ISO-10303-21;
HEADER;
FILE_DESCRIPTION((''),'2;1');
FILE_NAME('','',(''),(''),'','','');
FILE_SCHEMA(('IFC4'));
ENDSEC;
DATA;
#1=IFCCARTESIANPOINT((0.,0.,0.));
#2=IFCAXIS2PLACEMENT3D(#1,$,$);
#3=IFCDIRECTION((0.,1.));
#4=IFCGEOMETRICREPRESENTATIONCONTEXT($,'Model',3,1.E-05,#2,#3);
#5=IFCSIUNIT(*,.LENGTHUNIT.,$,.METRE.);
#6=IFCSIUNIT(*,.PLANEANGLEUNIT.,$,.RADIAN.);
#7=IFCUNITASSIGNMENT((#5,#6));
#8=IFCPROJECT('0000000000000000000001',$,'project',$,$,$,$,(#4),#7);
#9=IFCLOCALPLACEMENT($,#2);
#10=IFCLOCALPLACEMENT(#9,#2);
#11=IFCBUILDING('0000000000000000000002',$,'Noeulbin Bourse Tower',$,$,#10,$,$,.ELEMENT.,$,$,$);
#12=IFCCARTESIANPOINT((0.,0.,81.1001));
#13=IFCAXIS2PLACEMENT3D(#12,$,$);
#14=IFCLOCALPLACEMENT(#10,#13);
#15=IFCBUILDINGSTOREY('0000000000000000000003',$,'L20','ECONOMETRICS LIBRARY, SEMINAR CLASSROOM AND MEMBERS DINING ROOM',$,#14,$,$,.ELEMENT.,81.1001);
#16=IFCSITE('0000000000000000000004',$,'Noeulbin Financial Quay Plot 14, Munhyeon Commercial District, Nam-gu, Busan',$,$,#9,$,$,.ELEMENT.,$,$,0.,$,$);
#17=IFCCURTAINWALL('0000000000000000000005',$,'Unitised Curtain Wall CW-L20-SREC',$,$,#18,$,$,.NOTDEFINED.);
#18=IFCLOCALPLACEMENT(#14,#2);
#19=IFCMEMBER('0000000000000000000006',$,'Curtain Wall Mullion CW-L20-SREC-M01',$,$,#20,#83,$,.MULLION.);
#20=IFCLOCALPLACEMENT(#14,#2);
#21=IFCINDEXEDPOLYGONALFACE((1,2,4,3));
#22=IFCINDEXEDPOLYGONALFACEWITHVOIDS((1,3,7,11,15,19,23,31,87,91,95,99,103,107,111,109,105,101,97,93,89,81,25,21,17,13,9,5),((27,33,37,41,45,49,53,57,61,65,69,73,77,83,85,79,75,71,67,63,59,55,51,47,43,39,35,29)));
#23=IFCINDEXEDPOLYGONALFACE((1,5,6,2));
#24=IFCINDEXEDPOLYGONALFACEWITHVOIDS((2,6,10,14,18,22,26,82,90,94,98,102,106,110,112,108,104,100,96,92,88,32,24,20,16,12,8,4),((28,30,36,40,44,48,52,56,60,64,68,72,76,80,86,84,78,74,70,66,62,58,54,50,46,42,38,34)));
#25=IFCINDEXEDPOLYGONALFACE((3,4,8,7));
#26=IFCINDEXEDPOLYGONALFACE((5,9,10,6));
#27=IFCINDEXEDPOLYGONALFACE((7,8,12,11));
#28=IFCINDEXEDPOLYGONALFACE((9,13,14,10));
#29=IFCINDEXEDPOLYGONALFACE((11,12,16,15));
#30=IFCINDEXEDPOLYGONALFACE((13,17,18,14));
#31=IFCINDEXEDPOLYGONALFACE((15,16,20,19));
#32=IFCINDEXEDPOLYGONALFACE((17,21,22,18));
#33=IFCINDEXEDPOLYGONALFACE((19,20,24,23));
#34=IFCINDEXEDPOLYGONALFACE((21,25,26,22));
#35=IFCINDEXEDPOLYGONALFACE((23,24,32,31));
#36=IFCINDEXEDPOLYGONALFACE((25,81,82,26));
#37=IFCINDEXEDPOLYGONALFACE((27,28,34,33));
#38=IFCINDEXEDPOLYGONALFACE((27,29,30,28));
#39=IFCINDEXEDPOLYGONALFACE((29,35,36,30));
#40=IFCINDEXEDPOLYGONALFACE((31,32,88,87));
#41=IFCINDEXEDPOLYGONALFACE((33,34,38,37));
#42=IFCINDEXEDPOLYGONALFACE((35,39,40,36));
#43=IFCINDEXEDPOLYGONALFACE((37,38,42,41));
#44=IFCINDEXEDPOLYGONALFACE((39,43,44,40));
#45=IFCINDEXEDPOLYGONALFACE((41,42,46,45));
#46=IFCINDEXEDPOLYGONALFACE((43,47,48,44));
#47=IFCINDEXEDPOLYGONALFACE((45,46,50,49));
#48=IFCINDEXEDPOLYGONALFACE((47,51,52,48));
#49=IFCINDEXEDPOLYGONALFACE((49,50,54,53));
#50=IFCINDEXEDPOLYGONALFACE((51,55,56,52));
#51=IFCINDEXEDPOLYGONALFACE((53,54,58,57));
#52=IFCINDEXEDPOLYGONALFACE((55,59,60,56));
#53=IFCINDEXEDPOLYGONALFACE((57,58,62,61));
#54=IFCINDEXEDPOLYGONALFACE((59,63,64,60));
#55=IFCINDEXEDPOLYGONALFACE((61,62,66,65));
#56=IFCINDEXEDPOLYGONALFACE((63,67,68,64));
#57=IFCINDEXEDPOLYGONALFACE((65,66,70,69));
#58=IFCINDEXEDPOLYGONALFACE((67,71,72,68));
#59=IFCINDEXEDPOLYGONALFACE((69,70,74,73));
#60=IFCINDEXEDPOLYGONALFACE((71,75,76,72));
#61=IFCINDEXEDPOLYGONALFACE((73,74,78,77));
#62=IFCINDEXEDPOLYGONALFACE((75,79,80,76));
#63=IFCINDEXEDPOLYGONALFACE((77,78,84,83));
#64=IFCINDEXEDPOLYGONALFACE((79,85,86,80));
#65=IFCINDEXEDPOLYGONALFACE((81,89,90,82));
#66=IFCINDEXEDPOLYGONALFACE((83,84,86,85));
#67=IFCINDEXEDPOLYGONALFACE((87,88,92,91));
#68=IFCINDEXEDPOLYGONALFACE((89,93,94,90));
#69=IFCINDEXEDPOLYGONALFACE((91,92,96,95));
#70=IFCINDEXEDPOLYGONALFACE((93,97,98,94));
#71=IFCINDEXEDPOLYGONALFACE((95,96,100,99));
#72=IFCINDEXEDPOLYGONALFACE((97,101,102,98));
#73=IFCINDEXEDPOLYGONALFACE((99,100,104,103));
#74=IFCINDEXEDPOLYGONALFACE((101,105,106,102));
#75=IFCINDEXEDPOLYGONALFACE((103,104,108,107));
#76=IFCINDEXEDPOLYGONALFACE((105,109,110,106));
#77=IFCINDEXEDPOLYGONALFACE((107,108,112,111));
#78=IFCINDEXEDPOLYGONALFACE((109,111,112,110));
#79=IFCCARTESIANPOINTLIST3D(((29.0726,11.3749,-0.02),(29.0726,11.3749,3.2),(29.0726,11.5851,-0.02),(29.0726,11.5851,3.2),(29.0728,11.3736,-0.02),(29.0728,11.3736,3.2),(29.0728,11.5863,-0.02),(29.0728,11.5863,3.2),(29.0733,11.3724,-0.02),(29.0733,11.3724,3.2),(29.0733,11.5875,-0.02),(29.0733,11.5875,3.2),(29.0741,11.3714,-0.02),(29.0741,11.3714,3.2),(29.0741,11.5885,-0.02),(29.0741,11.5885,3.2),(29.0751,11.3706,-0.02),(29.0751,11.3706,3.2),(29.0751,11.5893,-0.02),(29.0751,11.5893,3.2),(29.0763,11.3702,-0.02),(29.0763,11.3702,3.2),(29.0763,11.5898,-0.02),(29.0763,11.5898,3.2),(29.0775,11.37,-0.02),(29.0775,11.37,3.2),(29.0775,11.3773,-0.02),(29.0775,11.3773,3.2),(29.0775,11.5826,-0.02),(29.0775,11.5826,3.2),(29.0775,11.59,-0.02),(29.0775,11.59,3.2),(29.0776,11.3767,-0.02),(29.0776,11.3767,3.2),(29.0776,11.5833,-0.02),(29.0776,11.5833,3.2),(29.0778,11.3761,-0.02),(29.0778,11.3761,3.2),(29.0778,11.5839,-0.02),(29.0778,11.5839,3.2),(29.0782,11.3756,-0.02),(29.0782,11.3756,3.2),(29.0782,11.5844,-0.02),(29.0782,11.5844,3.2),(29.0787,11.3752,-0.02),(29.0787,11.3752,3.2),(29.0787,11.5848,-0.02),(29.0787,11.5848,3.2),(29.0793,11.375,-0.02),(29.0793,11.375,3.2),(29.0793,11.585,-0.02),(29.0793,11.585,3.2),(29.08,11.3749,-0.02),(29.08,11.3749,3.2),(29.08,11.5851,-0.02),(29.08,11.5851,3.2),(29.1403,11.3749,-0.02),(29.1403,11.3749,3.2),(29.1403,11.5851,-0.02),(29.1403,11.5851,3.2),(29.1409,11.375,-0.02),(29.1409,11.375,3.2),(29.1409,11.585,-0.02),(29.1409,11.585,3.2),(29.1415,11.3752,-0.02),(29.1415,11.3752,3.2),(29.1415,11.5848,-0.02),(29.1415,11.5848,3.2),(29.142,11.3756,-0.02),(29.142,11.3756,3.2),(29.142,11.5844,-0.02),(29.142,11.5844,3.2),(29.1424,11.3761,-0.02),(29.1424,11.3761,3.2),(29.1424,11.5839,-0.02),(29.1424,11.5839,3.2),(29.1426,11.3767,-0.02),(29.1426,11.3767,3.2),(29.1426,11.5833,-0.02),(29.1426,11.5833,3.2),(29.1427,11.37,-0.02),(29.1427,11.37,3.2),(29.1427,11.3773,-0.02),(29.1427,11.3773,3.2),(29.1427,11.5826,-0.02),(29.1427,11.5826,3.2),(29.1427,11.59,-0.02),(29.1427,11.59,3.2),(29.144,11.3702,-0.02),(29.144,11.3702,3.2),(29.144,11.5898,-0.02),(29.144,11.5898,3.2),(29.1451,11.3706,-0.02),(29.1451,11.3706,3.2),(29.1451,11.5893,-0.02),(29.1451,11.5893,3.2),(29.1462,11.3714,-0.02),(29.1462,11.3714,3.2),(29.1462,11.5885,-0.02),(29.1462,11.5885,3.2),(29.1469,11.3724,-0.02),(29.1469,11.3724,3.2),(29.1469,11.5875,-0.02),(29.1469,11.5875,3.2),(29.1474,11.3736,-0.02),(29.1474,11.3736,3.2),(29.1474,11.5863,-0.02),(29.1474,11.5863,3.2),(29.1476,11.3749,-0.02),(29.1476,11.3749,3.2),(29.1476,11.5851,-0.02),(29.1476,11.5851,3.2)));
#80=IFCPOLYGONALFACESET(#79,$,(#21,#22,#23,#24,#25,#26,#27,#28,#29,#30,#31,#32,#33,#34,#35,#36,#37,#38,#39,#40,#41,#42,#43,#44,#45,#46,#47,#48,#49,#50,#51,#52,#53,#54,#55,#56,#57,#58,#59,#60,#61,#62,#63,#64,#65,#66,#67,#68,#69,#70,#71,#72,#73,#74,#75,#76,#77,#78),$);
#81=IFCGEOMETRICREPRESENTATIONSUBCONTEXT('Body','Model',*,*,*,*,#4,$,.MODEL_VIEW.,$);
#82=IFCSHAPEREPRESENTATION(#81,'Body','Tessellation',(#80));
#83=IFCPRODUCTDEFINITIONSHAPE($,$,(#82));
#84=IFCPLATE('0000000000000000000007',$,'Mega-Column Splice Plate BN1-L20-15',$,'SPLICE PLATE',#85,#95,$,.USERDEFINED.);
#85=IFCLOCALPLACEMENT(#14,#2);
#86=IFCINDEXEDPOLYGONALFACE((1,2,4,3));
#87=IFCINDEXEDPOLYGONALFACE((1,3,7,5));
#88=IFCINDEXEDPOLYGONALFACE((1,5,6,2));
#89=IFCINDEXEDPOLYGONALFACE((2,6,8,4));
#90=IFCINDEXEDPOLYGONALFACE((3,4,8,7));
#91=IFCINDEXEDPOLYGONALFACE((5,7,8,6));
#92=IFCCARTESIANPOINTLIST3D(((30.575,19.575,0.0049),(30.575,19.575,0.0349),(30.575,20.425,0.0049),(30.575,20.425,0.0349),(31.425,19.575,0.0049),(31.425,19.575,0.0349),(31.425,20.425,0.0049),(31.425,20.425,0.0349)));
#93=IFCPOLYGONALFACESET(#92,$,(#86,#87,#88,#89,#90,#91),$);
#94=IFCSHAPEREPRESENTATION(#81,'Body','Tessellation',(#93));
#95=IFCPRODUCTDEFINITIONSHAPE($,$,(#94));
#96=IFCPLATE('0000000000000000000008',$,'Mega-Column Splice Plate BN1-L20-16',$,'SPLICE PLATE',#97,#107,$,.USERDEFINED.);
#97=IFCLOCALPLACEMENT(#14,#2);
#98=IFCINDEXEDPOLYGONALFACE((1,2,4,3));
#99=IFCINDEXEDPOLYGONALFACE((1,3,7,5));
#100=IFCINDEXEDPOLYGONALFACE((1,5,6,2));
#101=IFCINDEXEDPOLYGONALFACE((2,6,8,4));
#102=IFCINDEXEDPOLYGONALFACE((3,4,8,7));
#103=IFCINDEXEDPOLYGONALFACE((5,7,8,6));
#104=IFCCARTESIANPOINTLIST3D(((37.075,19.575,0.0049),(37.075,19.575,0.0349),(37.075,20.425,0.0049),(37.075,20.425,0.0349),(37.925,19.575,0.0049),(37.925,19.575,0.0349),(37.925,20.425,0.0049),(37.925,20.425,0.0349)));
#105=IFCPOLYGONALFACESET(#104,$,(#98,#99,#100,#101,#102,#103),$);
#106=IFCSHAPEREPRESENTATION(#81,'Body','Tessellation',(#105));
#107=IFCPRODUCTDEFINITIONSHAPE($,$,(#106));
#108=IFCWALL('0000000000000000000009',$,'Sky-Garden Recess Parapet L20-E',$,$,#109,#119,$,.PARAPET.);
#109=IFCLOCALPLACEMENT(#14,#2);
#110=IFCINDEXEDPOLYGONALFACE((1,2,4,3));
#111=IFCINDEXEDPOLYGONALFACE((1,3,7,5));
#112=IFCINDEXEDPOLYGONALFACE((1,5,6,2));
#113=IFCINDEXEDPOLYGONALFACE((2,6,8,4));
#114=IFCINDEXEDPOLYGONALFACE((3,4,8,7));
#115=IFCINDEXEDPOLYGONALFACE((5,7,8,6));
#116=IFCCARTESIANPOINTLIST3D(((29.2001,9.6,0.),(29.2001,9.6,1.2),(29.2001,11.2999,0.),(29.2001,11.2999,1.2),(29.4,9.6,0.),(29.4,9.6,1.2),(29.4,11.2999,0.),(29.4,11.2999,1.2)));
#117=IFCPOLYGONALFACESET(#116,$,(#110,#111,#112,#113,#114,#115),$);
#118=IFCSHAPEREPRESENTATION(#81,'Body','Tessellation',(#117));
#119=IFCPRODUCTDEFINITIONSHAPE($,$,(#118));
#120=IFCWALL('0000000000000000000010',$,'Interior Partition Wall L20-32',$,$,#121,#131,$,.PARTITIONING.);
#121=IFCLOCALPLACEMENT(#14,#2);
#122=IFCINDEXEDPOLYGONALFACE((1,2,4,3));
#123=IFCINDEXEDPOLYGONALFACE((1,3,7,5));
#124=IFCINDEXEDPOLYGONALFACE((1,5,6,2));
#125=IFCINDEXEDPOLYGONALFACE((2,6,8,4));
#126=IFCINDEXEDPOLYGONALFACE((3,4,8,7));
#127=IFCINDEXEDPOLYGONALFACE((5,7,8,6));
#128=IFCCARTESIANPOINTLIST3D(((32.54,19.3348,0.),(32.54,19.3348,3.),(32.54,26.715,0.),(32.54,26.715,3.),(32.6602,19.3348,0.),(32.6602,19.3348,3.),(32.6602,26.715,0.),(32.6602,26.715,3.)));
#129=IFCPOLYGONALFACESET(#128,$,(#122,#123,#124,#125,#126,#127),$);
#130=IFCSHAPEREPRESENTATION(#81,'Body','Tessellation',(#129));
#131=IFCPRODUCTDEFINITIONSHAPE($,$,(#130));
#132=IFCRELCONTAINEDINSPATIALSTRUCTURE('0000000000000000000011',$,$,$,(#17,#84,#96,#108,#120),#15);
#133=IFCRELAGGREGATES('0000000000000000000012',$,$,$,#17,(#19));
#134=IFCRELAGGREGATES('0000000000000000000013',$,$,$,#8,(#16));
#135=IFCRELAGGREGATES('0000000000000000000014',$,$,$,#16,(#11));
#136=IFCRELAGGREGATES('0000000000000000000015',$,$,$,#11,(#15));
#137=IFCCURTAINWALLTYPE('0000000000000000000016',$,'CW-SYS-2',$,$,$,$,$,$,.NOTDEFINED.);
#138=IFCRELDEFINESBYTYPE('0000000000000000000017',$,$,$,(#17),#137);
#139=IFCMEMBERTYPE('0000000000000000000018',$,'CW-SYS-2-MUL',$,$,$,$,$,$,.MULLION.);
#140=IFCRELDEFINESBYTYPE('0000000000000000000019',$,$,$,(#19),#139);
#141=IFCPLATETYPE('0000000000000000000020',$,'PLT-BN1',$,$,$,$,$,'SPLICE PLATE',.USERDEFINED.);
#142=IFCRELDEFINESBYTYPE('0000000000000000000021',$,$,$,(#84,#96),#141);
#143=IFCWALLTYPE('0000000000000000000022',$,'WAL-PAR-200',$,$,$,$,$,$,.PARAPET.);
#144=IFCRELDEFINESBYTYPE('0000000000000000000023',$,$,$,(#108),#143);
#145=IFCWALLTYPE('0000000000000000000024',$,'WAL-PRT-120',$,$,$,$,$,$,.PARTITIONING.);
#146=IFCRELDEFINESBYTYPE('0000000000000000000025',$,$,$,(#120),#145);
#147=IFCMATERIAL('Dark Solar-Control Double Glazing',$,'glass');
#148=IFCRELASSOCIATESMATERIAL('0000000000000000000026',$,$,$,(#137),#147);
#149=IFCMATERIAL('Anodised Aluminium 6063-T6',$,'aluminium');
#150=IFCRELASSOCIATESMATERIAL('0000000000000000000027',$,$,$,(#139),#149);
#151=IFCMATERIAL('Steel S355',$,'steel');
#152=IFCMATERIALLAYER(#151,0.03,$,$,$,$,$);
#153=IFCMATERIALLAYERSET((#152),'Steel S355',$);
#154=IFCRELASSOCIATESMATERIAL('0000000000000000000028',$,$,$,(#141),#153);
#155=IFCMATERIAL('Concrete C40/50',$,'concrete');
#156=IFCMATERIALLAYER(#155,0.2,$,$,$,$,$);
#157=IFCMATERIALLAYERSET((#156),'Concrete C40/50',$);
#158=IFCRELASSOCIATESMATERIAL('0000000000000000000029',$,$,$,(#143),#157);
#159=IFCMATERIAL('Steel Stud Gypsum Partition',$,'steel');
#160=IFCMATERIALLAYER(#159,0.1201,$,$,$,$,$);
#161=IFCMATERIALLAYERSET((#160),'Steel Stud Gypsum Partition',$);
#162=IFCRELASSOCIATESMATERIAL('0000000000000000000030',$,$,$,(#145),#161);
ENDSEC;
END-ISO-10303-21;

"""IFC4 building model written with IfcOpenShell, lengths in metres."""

from ifc_helpers import new_model, si_unit, direction, frame, frame_2d, origin, origin_2d, place, context, subcontext, project, spatial, rectangle, hollow_rectangle, extrude, material, layer, layer_set, material_profile, profile_set, type_object, element, aggregate, save


model = new_model("IFC4")

# Units and contexts
model_context = context("Model", 3, precision=1e-05, world=origin(), true_north=direction((0.0, 1.0)))
body_context = subcontext(model_context, "Body", "Model", "MODEL_VIEW")
ifc_project = project(units=[si_unit("LENGTHUNIT", "METRE"), si_unit("PLANEANGLEUNIT", "RADIAN")], contexts=[model_context])

# Site, building, storey
site_placement = place(None, origin())
site = spatial("IfcSite", under=ifc_project, at=site_placement, Name="Noeulbin Financial Quay Plot 14, Munhyeon Commercial District, Nam-gu, Busan", CompositionType="ELEMENT", RefElevation=0.0)
building_placement = place(site_placement, origin())
building = spatial("IfcBuilding", under=site, at=building_placement, Name="Noeulbin Bourse Tower", CompositionType="ELEMENT")
storey_placement = place(building_placement, frame((0.0, 0.0, 81.1001)))
storey = spatial("IfcBuildingStorey", under=building, at=storey_placement, Name="L20", Description="ECONOMETRICS LIBRARY, SEMINAR CLASSROOM AND MEMBERS DINING ROOM", CompositionType="ELEMENT", Elevation=81.1001)

# Shared definitions
ifc_material_1 = material(Name="Steel S355", Category="steel")

# Curtain wall, member
ifc_material_2 = material(Name="Dark Solar-Control Double Glazing", Category="glass")
curtain_wall_type = type_object("IfcCurtainWallType", Name="CW-SYS-2", PredefinedType="NOTDEFINED", material=ifc_material_2)
curtain_wall_placement = place(storey_placement, origin())
curtain_wall = element("IfcCurtainWall", 1, at=curtain_wall_placement, inside=storey, type_object=curtain_wall_type, Name="Unitised Curtain Wall CW-L20-SREC", PredefinedType="NOTDEFINED")
ifc_material_3 = material(Name="Anodised Aluminium 6063-T6", Category="aluminium")
ifc_material_profile_1 = material_profile(ifc_material_3, hollow_rectangle(XDim=0.075, YDim=0.22, WallThickness=0.0049, InnerFilletRadius=0.0024, OuterFilletRadius=0.0049, at=origin_2d()), Name="ALU-MULL-75x220x5", Category="LoadBearing")
ifc_profile_set_1 = profile_set([ifc_material_profile_1], Name="Anodised Aluminium 6063-T6")
member_type = type_object("IfcMemberType", Name="CW-SYS-2-MUL", PredefinedType="MULLION", material=ifc_profile_set_1)
member_placement = place(storey_placement, frame((29.1101, 11.48, -0.02), z_axis=(0.0, 0.0, 1.0), x_axis=(1.0, 0.0, 0.0)))
member = element("IfcMember", 2, at=member_placement, type_object=member_type, Name="Curtain Wall Mullion CW-L20-SREC-M01", PredefinedType="MULLION", context=body_context, shape_type="SweptSolid", body=[
    extrude(hollow_rectangle(XDim=0.075, YDim=0.22, WallThickness=0.0049, InnerFilletRadius=0.0024, OuterFilletRadius=0.0049, at=origin_2d()), origin(), (0.0, 0.0, 1.0), 3.22),
])
aggregate(curtain_wall, [member])

# Plates
ifc_layer_1 = layer(ifc_material_1, 0.03)
ifc_layer_set_1 = layer_set([ifc_layer_1], Name="Steel S355")
plate_type = type_object("IfcPlateType", Name="PLT-BN1", ElementType="SPLICE PLATE", PredefinedType="USERDEFINED", material=ifc_layer_set_1)
for number, where, z_axis, x_axis, name in (
    (3, (31.0, 20.0, 0.0049), (0.0, 0.0, 1.0), (1.0, 0.0, 0.0), "Mega-Column Splice Plate BN1-L20-15"),
    (4, (37.5, 20.0, 0.0049), (0.0, 0.0, 1.0), (1.0, 0.0, 0.0), "Mega-Column Splice Plate BN1-L20-16"),
):
    element("IfcPlate", number, at=place(storey_placement, frame(where, z_axis=z_axis, x_axis=x_axis)), inside=storey, type_object=plate_type, Name=name, ObjectType="SPLICE PLATE", PredefinedType="USERDEFINED", context=body_context, shape_type="SweptSolid", body=[
        extrude(rectangle(XDim=0.8501, YDim=0.8501, at=origin_2d()), origin(), (0.0, 0.0, 1.0), 0.03),
    ])

# Walls
ifc_material_4 = material(Name="Concrete C40/50", Category="concrete")
ifc_layer_2 = layer(ifc_material_4, 0.2)
ifc_layer_set_2 = layer_set([ifc_layer_2], Name="Concrete C40/50")
wall_type_1 = type_object("IfcWallType", Name="WAL-PAR-200", PredefinedType="PARAPET", material=ifc_layer_set_2)
wall_1_placement = place(storey_placement, frame((29.3, 11.3, 0.0), z_axis=(0.0, 0.0, 1.0), x_axis=(0.0, -1.0, 0.0)))
element("IfcWall", 5, at=wall_1_placement, inside=storey, type_object=wall_type_1, Name="Sky-Garden Recess Parapet L20-E", PredefinedType="PARAPET", context=body_context, shape_type="SweptSolid", body=[
    extrude(rectangle(XDim=1.7, YDim=0.2, at=frame_2d((0.8501, 0.0))), origin(), (0.0, 0.0, 1.0), 1.2),
])
ifc_material_5 = material(Name="Steel Stud Gypsum Partition", Category="steel")
ifc_layer_3 = layer(ifc_material_5, 0.1201)
ifc_layer_set_3 = layer_set([ifc_layer_3], Name="Steel Stud Gypsum Partition")
wall_type_2 = type_object("IfcWallType", Name="WAL-PRT-120", PredefinedType="PARTITIONING", material=ifc_layer_set_3)
wall_2_placement = place(storey_placement, frame((32.6001, 19.335, 0.0), z_axis=(0.0, 0.0, 1.0), x_axis=(0.0, 1.0, 0.0)))
element("IfcWall", 6, at=wall_2_placement, inside=storey, type_object=wall_type_2, Name="Interior Partition Wall L20-32", PredefinedType="PARTITIONING", context=body_context, shape_type="SweptSolid", body=[
    extrude(rectangle(XDim=7.3801, YDim=0.1201, at=frame_2d((3.6899, 0.0))), origin(), (0.0, 0.0, 1.0), 3.0),
])

save(model, "model.ifc")
